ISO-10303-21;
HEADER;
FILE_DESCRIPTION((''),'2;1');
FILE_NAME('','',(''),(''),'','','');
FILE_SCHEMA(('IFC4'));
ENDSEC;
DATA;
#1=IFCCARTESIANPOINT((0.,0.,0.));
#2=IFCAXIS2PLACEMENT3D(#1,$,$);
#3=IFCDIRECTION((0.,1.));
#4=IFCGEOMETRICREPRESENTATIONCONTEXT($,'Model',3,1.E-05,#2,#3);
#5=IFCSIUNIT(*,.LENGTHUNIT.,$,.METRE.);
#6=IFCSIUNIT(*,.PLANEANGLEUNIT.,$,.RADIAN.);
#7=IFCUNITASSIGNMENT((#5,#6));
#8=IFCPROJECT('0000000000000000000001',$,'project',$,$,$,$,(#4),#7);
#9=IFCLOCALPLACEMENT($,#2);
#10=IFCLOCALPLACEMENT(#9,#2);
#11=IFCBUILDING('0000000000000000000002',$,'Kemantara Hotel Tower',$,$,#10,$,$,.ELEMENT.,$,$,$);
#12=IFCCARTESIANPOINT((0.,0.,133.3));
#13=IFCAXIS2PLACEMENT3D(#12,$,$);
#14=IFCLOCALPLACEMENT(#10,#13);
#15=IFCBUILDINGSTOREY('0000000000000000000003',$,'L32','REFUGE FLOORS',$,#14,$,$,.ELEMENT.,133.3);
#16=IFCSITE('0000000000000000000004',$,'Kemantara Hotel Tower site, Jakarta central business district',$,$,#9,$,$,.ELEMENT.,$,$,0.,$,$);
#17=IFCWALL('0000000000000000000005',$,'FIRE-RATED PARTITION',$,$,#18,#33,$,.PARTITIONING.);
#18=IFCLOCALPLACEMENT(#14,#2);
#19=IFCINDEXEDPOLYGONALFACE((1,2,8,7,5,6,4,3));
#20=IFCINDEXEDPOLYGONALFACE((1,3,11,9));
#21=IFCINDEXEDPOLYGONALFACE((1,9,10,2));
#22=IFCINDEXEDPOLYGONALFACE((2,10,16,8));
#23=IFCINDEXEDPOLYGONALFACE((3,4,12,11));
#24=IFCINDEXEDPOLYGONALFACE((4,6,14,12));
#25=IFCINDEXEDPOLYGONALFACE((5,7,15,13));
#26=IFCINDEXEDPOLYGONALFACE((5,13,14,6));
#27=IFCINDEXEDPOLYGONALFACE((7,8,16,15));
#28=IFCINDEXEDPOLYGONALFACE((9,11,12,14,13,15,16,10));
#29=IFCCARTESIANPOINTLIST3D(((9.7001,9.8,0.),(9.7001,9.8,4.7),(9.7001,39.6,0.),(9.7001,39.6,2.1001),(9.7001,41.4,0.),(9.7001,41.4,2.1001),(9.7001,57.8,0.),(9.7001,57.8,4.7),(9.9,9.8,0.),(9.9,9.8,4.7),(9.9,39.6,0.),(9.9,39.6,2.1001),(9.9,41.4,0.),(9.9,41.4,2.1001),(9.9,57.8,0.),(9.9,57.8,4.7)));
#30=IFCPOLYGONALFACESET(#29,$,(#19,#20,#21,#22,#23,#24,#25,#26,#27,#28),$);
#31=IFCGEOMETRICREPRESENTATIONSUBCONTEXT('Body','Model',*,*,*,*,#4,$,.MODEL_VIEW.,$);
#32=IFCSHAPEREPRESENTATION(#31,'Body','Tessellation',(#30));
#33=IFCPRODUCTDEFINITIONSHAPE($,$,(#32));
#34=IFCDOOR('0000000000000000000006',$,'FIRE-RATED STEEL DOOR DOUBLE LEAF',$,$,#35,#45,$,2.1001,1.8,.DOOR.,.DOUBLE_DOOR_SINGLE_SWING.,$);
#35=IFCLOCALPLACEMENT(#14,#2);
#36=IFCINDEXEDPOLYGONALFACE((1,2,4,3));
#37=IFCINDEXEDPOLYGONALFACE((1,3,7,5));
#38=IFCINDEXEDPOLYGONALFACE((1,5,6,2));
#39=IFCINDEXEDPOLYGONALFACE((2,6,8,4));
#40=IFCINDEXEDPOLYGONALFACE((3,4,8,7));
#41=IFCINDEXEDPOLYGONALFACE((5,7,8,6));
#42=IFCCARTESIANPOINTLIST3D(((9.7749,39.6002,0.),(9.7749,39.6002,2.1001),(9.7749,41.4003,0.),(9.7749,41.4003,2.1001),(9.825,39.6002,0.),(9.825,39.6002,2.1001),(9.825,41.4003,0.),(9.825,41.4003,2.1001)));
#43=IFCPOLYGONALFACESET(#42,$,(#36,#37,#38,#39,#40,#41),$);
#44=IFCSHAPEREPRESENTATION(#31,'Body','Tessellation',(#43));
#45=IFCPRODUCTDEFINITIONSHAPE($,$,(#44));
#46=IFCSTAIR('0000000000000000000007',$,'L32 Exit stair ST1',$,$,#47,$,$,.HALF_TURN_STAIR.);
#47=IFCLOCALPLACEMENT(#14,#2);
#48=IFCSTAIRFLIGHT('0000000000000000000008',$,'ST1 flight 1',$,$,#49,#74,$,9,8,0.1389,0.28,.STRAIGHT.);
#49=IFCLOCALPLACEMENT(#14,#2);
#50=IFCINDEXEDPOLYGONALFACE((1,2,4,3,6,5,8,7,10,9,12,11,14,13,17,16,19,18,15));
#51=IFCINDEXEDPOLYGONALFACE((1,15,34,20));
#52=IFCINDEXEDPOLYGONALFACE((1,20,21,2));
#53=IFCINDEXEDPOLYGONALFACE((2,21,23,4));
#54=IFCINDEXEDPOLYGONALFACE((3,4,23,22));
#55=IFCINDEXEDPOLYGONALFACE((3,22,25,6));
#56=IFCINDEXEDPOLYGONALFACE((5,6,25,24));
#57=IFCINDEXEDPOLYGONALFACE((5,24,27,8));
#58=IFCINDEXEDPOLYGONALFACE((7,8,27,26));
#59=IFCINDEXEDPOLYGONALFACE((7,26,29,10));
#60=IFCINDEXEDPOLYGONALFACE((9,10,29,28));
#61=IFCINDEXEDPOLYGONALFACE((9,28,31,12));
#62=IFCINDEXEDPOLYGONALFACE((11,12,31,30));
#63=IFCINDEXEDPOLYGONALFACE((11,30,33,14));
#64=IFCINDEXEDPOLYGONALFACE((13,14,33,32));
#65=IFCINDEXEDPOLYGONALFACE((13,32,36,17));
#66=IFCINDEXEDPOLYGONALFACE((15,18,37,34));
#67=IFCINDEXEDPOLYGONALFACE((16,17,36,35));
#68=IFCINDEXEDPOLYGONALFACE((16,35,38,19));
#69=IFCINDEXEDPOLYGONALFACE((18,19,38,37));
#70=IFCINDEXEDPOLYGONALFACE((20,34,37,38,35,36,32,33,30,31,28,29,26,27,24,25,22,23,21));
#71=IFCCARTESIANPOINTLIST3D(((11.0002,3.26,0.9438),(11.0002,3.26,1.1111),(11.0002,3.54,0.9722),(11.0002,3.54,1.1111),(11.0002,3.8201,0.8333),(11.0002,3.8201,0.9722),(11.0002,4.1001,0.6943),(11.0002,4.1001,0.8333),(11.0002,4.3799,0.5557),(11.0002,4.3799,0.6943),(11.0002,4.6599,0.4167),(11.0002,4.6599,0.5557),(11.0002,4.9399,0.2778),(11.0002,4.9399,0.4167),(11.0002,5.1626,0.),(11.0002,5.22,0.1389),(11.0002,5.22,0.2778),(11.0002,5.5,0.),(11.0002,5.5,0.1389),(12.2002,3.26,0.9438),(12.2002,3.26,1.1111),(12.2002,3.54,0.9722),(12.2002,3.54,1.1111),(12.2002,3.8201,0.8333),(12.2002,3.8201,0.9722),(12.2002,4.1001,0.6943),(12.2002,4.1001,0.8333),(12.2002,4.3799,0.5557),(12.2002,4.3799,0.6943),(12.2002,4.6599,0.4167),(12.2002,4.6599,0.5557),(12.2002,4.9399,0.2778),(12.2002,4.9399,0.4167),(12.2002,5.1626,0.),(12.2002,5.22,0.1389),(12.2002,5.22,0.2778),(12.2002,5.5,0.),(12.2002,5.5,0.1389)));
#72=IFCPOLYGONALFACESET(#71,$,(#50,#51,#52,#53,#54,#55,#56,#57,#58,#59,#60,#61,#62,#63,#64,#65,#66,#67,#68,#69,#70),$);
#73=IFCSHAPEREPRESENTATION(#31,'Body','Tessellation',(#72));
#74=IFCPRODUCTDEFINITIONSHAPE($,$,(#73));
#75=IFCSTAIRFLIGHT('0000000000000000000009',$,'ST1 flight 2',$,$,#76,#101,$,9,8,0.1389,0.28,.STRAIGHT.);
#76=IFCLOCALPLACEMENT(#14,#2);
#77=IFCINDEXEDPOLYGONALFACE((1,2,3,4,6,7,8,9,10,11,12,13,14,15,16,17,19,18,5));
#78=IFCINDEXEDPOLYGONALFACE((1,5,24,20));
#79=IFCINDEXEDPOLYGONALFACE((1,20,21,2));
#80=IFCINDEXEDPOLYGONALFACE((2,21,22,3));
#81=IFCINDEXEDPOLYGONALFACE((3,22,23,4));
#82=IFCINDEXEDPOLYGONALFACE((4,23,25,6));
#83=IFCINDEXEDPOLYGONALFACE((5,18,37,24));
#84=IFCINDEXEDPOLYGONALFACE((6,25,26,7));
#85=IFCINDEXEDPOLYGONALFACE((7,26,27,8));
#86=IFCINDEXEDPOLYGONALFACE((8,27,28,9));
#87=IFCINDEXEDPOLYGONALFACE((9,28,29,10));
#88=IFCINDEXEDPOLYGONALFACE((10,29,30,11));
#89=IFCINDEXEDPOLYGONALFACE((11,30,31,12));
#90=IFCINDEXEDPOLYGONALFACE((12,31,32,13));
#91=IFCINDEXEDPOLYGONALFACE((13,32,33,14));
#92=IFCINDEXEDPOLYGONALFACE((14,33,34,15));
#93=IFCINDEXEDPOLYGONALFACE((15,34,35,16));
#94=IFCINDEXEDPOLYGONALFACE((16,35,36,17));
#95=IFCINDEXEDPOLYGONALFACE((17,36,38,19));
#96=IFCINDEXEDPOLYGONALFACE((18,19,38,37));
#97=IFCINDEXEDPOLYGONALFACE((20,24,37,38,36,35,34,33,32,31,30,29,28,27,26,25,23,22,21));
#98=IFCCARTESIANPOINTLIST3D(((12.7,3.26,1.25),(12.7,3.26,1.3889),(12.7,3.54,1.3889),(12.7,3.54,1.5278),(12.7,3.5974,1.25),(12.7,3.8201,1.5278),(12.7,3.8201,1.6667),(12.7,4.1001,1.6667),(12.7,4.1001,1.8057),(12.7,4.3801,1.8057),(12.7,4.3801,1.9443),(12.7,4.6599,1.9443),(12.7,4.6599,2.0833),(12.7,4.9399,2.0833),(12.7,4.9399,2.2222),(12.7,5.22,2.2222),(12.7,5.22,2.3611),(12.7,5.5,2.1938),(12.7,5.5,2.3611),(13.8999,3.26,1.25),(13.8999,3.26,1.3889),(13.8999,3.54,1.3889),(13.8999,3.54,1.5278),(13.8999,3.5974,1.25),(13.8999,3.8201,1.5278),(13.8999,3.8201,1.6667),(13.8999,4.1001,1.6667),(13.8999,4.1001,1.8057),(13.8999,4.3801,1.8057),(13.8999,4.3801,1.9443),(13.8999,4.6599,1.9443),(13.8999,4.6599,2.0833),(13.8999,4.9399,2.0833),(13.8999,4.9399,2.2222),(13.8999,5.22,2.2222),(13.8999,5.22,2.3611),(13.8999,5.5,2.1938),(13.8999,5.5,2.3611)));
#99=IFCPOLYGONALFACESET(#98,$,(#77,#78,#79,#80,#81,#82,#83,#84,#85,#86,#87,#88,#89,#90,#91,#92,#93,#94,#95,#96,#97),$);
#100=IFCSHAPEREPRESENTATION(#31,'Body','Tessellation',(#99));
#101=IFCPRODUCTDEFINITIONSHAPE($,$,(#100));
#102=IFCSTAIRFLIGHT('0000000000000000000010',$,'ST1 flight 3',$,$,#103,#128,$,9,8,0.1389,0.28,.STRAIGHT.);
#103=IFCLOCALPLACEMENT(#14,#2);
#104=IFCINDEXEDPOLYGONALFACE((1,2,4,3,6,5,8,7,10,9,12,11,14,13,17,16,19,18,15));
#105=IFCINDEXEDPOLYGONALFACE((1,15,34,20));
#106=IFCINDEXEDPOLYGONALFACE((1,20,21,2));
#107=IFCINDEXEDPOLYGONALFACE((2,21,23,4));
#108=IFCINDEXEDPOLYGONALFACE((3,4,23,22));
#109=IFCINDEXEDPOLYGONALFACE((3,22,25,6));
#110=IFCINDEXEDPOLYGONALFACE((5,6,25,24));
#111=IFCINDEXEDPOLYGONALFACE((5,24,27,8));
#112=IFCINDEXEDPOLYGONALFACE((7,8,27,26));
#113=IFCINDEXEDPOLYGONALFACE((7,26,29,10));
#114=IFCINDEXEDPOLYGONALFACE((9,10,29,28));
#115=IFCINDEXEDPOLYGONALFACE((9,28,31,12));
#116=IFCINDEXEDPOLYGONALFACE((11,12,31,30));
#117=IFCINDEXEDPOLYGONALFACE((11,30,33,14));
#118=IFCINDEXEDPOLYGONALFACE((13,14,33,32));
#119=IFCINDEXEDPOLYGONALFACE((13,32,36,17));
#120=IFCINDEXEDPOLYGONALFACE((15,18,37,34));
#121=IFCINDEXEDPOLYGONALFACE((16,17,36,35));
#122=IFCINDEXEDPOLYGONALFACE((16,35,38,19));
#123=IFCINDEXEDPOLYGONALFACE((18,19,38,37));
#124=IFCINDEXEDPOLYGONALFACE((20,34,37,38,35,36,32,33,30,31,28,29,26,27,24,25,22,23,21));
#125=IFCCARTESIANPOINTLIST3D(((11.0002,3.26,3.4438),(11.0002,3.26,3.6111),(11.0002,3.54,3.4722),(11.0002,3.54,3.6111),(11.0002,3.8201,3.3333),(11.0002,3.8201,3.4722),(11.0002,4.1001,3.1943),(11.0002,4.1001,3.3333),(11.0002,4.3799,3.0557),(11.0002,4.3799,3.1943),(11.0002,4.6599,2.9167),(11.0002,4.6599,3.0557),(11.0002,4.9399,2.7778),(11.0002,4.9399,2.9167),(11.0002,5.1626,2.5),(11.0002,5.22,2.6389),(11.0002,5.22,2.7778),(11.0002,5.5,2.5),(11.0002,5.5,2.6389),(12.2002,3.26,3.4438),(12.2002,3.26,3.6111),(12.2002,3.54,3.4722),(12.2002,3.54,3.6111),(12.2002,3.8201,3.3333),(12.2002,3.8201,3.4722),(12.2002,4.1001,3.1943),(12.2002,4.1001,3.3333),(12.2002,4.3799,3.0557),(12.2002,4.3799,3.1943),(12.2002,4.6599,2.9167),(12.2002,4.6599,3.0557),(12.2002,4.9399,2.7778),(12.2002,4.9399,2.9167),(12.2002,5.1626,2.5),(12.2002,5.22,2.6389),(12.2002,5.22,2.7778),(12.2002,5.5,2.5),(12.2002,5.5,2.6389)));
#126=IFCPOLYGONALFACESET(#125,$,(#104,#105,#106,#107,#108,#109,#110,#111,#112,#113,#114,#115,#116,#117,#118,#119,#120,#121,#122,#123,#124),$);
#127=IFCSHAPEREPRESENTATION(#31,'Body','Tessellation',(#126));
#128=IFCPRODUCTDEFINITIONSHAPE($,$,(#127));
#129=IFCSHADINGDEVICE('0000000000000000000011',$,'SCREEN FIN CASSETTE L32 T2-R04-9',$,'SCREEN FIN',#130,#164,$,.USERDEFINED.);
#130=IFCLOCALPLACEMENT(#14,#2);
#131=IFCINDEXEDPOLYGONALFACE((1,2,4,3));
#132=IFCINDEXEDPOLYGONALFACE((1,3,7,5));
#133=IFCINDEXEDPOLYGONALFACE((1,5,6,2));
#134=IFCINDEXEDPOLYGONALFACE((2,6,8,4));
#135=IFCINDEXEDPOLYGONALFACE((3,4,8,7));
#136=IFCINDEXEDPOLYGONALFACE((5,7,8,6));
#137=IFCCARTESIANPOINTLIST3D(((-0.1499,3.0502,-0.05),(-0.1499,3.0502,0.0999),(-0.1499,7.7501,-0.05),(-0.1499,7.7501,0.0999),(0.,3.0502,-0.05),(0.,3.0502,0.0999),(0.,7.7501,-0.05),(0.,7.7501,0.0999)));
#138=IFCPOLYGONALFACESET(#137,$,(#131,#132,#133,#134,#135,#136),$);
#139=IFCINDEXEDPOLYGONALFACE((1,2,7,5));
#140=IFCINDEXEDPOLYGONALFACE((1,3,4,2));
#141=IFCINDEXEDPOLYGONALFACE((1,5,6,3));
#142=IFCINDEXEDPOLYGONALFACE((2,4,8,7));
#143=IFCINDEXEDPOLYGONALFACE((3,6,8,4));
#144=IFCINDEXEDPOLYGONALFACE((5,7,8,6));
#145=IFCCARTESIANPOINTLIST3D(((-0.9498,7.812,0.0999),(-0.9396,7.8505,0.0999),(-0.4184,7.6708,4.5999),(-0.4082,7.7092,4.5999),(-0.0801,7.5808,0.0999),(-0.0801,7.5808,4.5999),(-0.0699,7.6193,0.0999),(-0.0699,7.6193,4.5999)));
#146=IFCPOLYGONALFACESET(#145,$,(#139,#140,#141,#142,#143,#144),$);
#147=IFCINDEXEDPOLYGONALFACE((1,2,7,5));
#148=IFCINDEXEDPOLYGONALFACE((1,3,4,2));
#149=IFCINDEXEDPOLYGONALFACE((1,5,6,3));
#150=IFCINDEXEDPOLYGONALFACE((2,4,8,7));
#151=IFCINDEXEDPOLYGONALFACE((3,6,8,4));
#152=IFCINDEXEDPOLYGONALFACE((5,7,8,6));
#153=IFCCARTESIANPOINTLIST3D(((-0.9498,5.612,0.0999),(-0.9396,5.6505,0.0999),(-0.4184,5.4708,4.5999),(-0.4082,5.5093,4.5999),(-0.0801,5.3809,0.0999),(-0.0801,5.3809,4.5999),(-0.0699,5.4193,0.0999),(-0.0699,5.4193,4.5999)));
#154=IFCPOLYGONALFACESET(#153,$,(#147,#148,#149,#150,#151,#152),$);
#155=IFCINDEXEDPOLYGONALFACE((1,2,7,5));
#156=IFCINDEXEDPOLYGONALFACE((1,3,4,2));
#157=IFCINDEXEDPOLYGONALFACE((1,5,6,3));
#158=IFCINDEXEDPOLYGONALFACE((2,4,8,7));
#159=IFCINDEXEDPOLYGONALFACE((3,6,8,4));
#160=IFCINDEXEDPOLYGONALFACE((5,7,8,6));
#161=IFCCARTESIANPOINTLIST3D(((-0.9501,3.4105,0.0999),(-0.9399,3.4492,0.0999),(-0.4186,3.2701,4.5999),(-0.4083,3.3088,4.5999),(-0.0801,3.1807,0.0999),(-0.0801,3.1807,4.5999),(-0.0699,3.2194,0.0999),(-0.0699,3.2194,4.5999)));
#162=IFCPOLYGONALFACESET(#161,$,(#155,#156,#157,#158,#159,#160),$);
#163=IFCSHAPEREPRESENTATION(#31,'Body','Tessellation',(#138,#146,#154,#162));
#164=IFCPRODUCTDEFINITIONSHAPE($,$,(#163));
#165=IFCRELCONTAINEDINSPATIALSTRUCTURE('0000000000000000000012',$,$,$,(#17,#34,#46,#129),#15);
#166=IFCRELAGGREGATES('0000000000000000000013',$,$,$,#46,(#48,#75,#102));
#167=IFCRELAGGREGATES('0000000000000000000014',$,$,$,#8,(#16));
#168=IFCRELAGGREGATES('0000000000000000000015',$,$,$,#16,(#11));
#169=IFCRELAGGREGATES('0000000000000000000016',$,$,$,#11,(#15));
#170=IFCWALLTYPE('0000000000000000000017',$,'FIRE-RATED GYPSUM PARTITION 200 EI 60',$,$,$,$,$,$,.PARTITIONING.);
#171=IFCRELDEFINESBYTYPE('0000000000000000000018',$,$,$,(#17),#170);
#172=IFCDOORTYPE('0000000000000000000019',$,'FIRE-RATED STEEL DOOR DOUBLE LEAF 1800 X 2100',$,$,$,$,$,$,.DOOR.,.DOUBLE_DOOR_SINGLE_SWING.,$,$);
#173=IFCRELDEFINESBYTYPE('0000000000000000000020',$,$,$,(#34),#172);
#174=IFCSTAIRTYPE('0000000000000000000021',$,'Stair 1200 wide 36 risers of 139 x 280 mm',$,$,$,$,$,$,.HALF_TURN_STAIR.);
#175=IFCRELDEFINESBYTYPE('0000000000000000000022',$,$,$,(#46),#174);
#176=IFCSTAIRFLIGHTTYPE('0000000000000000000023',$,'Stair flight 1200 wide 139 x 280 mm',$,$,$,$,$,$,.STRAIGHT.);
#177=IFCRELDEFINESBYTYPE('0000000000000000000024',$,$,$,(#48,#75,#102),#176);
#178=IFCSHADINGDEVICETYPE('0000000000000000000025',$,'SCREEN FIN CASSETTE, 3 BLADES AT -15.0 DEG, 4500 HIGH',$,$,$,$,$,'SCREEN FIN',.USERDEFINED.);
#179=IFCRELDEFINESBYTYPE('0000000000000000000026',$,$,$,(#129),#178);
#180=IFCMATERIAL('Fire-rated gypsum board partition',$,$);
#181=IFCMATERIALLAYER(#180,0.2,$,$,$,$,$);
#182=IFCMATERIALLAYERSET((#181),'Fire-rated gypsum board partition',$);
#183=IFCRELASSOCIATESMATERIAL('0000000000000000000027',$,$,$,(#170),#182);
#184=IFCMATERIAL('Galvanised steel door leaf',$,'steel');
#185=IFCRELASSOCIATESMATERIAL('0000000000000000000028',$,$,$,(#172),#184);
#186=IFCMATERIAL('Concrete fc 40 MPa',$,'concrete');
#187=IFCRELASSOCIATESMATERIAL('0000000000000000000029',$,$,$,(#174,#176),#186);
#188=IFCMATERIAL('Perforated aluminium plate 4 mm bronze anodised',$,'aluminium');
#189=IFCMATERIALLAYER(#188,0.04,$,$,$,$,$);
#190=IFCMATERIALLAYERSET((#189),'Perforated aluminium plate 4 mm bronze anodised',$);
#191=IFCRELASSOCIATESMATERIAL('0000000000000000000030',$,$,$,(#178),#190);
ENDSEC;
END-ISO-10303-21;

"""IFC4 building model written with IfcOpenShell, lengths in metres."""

from ifc_helpers import new_model, si_unit, direction, frame, frame_2d, origin, origin_2d, place, context, subcontext, project, spatial, polyline, rectangle, outline, extrude, source, transform, mapped, material, layer, layer_set, type_object, element, fill, aggregate, save


model = new_model("IFC4")

# Units and contexts
model_context = context("Model", 3, precision=1e-05, world=origin(), true_north=direction((0.0, 1.0)))
body_context = subcontext(model_context, "Body", "Model", "MODEL_VIEW")
ifc_project = project(units=[si_unit("LENGTHUNIT", "METRE"), si_unit("PLANEANGLEUNIT", "RADIAN")], contexts=[model_context])

# Site, building, storey
site_placement = place(None, origin())
site = spatial("IfcSite", under=ifc_project, at=site_placement, Name="Kemantara Hotel Tower site, Jakarta central business district", CompositionType="ELEMENT", RefElevation=0.0)
building_placement = place(site_placement, origin())
building = spatial("IfcBuilding", under=site, at=building_placement, Name="Kemantara Hotel Tower", CompositionType="ELEMENT")
storey_placement = place(building_placement, frame((0.0, 0.0, 133.3)))
storey = spatial("IfcBuildingStorey", under=building, at=storey_placement, Name="L32", Description="REFUGE FLOORS", CompositionType="ELEMENT", Elevation=133.3)

# Wall, opening, door
ifc_material_1 = material(Name="Fire-rated gypsum board partition")
ifc_layer_1 = layer(ifc_material_1, 0.2)
ifc_layer_set_1 = layer_set([ifc_layer_1], Name="Fire-rated gypsum board partition")
wall_type_1 = type_object("IfcWallType", Name="FIRE-RATED GYPSUM PARTITION 200 EI 60", PredefinedType="PARTITIONING", material=ifc_layer_set_1)
wall_1_placement = place(storey_placement, frame((9.8, 9.8, 0.0), z_axis=(0.0, 0.0, 1.0), x_axis=(0.0, 1.0, 0.0)))
wall_1 = element("IfcWall", 1, at=wall_1_placement, inside=storey, type_object=wall_type_1, Name="FIRE-RATED PARTITION", PredefinedType="PARTITIONING", context=body_context, shape_type="SweptSolid", body=[
    extrude(rectangle(XDim=48.0, YDim=0.2, at=frame_2d((24.0, 0.0))), origin(), (0.0, 0.0, 1.0), 4.7),
])
opening_1_placement = place(wall_1_placement, frame((29.8, 0.0, 0.0)))
opening_1 = element("IfcOpeningElement", 2, at=opening_1_placement, cuts=wall_1, PredefinedType="OPENING", context=body_context, shape_type="SweptSolid", body=[
    extrude(rectangle(XDim=1.8, YDim=2.1001, at=frame_2d((0.8999, 1.05))), frame((0.0, 0.1099, 0.0), z_axis=(0.0, -1.0, 0.0), x_axis=(1.0, 0.0, 0.0)), (0.0, 0.0, 1.0), 0.22),
])
ifc_material_2 = material(Name="Galvanised steel door leaf", Category="steel")
door_type_1 = type_object("IfcDoorType", Name="FIRE-RATED STEEL DOOR DOUBLE LEAF 1800 X 2100", OperationType="DOUBLE_DOOR_SINGLE_SWING", PredefinedType="DOOR", material=ifc_material_2)
door_1_placement = place(opening_1_placement, frame((1.8, 0.0, 0.0), z_axis=(0.0, 0.0, 1.0), x_axis=(-1.0, 0.0, 0.0)))
door_1 = element("IfcDoor", 3, at=door_1_placement, inside=storey, type_object=door_type_1, Name="FIRE-RATED STEEL DOOR DOUBLE LEAF", OperationType="DOUBLE_DOOR_SINGLE_SWING", OverallHeight=2.1001, OverallWidth=1.8, PredefinedType="DOOR", context=body_context, shape_type="SweptSolid", body=[
    extrude(rectangle(XDim=1.8, YDim=2.1001, at=frame_2d((0.8999, 1.05))), frame((0.0, 0.0249, 0.0), z_axis=(0.0, -1.0, 0.0), x_axis=(1.0, 0.0, 0.0)), (0.0, 0.0, 1.0), 0.05),
])
fill(opening_1, door_1)

# Stair, stair flights
ifc_material_3 = material(Name="Concrete fc 40 MPa", Category="concrete")
stair_type = type_object("IfcStairType", Name="Stair 1200 wide 36 risers of 139 x 280 mm", PredefinedType="HALF_TURN_STAIR", material=ifc_material_3)
stair_placement = place(storey_placement, origin())
stair = element("IfcStair", 4, at=stair_placement, inside=storey, type_object=stair_type, Name="L32 Exit stair ST1", PredefinedType="HALF_TURN_STAIR")
stair_flight_type = type_object("IfcStairFlightType", Name="Stair flight 1200 wide 139 x 280 mm", PredefinedType="STRAIGHT", material=ifc_material_3)
stair_flight_1_placement = place(storey_placement, frame((11.6001, 5.5, 0.0), z_axis=(0.0, 0.0, 1.0), x_axis=(0.0, -1.0, 0.0)))
stair_flight_1 = element("IfcStairFlight", 5, at=stair_flight_1_placement, type_object=stair_flight_type, Name="ST1 flight 1", NumberOfRisers=9, NumberOfTreads=8, PredefinedType="STRAIGHT", RiserHeight=0.1389, TreadLength=0.28, context=body_context, shape_type="SweptSolid", body=[
    extrude(outline(polyline([(0.0, 0.0), (0.0, 0.1389), (0.28, 0.1389), (0.28, 0.2778), (0.5601, 0.2778), (0.5601, 0.4167), (0.8401, 0.4167), (0.8401, 0.5557), (1.1201, 0.5557), (1.1201, 0.6943), (1.3999, 0.6943), (1.3999, 0.8333), (1.6799, 0.8333), (1.6799, 0.9722), (1.96, 0.9722), (1.96, 1.1111), (2.24, 1.1111), (2.24, 1.25), (2.24, 0.9438), (0.3374, 0.0), (0.0, 0.0)])), frame((0.0, 0.6001, 0.0), z_axis=(0.0, -1.0, 0.0), x_axis=(1.0, 0.0, 0.0)), (0.0, 0.0, 1.0), 1.2),
])
stair_flight_2_placement = place(storey_placement, frame((13.3, 3.26, 1.25), z_axis=(0.0, 0.0, 1.0), x_axis=(0.0, 1.0, 0.0)))
stair_flight_2 = element("IfcStairFlight", 6, at=stair_flight_2_placement, type_object=stair_flight_type, Name="ST1 flight 2", NumberOfRisers=9, NumberOfTreads=8, PredefinedType="STRAIGHT", RiserHeight=0.1389, TreadLength=0.28, context=body_context, shape_type="SweptSolid", body=[
    extrude(outline(polyline([(0.0, 0.0), (0.0, 0.1389), (0.28, 0.1389), (0.28, 0.2778), (0.5601, 0.2778), (0.5601, 0.4167), (0.8401, 0.4167), (0.8401, 0.5557), (1.1201, 0.5557), (1.1201, 0.6943), (1.3999, 0.6943), (1.3999, 0.8333), (1.6799, 0.8333), (1.6799, 0.9722), (1.96, 0.9722), (1.96, 1.1111), (2.24, 1.1111), (2.24, 1.25), (2.24, 0.9438), (0.3374, 0.0), (0.0, 0.0)])), frame((0.0, 0.6001, 0.0), z_axis=(0.0, -1.0, 0.0), x_axis=(1.0, 0.0, 0.0)), (0.0, 0.0, 1.0), 1.2),
])
stair_flight_3_placement = place(storey_placement, frame((11.6001, 5.5, 2.5), z_axis=(0.0, 0.0, 1.0), x_axis=(0.0, -1.0, 0.0)))
stair_flight_3 = element("IfcStairFlight", 7, at=stair_flight_3_placement, type_object=stair_flight_type, Name="ST1 flight 3", NumberOfRisers=9, NumberOfTreads=8, PredefinedType="STRAIGHT", RiserHeight=0.1389, TreadLength=0.28, context=body_context, shape_type="SweptSolid", body=[
    extrude(outline(polyline([(0.0, 0.0), (0.0, 0.1389), (0.28, 0.1389), (0.28, 0.2778), (0.5601, 0.2778), (0.5601, 0.4167), (0.8401, 0.4167), (0.8401, 0.5557), (1.1201, 0.5557), (1.1201, 0.6943), (1.3999, 0.6943), (1.3999, 0.8333), (1.6799, 0.8333), (1.6799, 0.9722), (1.96, 0.9722), (1.96, 1.1111), (2.24, 1.1111), (2.24, 1.25), (2.24, 0.9438), (0.3374, 0.0), (0.0, 0.0)])), frame((0.0, 0.6001, 0.0), z_axis=(0.0, -1.0, 0.0), x_axis=(1.0, 0.0, 0.0)), (0.0, 0.0, 1.0), 1.2),
])
aggregate(stair, [stair_flight_1, stair_flight_2, stair_flight_3])

# Shading device
ifc_material_4 = material(Name="Perforated aluminium plate 4 mm bronze anodised", Category="aluminium")
ifc_layer_2 = layer(ifc_material_4, 0.04)
ifc_layer_set_2 = layer_set([ifc_layer_2], Name="Perforated aluminium plate 4 mm bronze anodised")
shading_device_type_1 = type_object("IfcShadingDeviceType", Name="SCREEN FIN CASSETTE, 3 BLADES AT -15.0 DEG, 4500 HIGH", ElementType="SCREEN FIN", PredefinedType="USERDEFINED", material=ifc_layer_set_2)
shared_shape_1 = source(origin(), body_context, "Body", "SweptSolid", [
    extrude(rectangle(XDim=4.7, YDim=0.1499, at=origin_2d()), frame((2.2, -0.075, -0.1499), z_axis=(0.0, 0.0, 1.0), x_axis=(1.0, 0.0, 0.0)), (0.0, 0.0, 1.0), 0.1499),
    extrude(outline(polyline([(0.0, 0.0), (0.8999, 0.0), (0.3501, 4.5), (0.0, 4.5), (0.0, 0.0)])), frame((0.0193, -0.0801, 0.0), z_axis=(-0.966438, 0.256901, 0.0), x_axis=(-0.256901, -0.966438, 0.0)), (0.0, 0.0, 1.0), 0.0398),
    extrude(outline(polyline([(0.0, 0.0), (0.8999, 0.0), (0.3501, 4.5), (0.0, 4.5), (0.0, 0.0)])), frame((2.2192, -0.0801, 0.0), z_axis=(-0.966438, 0.256901, 0.0), x_axis=(-0.256901, -0.966438, 0.0)), (0.0, 0.0, 1.0), 0.0398),
    extrude(outline(polyline([(0.0, 0.0), (0.8999, 0.0), (0.3501, 4.5), (0.0, 4.5), (0.0, 0.0)])), frame((4.4194, -0.0801, 0.0), z_axis=(-0.966838, 0.255391, 0.0), x_axis=(-0.255391, -0.966838, 0.0)), (0.0, 0.0, 1.0), 0.04),
])
shading_device_1_placement = place(storey_placement, frame((0.0, 7.6001, 0.0999), z_axis=(0.0, 0.0, 1.0), x_axis=(0.0, -1.0, 0.0)))
element("IfcShadingDevice", 8, at=shading_device_1_placement, inside=storey, type_object=shading_device_type_1, Name="SCREEN FIN CASSETTE L32 T2-R04-9", ObjectType="SCREEN FIN", PredefinedType="USERDEFINED", context=body_context, shape_type="MappedRepresentation", body=[
    mapped(shared_shape_1, transform((0.0, 0.0, 0.0))),
])

save(model, "model.ifc")
